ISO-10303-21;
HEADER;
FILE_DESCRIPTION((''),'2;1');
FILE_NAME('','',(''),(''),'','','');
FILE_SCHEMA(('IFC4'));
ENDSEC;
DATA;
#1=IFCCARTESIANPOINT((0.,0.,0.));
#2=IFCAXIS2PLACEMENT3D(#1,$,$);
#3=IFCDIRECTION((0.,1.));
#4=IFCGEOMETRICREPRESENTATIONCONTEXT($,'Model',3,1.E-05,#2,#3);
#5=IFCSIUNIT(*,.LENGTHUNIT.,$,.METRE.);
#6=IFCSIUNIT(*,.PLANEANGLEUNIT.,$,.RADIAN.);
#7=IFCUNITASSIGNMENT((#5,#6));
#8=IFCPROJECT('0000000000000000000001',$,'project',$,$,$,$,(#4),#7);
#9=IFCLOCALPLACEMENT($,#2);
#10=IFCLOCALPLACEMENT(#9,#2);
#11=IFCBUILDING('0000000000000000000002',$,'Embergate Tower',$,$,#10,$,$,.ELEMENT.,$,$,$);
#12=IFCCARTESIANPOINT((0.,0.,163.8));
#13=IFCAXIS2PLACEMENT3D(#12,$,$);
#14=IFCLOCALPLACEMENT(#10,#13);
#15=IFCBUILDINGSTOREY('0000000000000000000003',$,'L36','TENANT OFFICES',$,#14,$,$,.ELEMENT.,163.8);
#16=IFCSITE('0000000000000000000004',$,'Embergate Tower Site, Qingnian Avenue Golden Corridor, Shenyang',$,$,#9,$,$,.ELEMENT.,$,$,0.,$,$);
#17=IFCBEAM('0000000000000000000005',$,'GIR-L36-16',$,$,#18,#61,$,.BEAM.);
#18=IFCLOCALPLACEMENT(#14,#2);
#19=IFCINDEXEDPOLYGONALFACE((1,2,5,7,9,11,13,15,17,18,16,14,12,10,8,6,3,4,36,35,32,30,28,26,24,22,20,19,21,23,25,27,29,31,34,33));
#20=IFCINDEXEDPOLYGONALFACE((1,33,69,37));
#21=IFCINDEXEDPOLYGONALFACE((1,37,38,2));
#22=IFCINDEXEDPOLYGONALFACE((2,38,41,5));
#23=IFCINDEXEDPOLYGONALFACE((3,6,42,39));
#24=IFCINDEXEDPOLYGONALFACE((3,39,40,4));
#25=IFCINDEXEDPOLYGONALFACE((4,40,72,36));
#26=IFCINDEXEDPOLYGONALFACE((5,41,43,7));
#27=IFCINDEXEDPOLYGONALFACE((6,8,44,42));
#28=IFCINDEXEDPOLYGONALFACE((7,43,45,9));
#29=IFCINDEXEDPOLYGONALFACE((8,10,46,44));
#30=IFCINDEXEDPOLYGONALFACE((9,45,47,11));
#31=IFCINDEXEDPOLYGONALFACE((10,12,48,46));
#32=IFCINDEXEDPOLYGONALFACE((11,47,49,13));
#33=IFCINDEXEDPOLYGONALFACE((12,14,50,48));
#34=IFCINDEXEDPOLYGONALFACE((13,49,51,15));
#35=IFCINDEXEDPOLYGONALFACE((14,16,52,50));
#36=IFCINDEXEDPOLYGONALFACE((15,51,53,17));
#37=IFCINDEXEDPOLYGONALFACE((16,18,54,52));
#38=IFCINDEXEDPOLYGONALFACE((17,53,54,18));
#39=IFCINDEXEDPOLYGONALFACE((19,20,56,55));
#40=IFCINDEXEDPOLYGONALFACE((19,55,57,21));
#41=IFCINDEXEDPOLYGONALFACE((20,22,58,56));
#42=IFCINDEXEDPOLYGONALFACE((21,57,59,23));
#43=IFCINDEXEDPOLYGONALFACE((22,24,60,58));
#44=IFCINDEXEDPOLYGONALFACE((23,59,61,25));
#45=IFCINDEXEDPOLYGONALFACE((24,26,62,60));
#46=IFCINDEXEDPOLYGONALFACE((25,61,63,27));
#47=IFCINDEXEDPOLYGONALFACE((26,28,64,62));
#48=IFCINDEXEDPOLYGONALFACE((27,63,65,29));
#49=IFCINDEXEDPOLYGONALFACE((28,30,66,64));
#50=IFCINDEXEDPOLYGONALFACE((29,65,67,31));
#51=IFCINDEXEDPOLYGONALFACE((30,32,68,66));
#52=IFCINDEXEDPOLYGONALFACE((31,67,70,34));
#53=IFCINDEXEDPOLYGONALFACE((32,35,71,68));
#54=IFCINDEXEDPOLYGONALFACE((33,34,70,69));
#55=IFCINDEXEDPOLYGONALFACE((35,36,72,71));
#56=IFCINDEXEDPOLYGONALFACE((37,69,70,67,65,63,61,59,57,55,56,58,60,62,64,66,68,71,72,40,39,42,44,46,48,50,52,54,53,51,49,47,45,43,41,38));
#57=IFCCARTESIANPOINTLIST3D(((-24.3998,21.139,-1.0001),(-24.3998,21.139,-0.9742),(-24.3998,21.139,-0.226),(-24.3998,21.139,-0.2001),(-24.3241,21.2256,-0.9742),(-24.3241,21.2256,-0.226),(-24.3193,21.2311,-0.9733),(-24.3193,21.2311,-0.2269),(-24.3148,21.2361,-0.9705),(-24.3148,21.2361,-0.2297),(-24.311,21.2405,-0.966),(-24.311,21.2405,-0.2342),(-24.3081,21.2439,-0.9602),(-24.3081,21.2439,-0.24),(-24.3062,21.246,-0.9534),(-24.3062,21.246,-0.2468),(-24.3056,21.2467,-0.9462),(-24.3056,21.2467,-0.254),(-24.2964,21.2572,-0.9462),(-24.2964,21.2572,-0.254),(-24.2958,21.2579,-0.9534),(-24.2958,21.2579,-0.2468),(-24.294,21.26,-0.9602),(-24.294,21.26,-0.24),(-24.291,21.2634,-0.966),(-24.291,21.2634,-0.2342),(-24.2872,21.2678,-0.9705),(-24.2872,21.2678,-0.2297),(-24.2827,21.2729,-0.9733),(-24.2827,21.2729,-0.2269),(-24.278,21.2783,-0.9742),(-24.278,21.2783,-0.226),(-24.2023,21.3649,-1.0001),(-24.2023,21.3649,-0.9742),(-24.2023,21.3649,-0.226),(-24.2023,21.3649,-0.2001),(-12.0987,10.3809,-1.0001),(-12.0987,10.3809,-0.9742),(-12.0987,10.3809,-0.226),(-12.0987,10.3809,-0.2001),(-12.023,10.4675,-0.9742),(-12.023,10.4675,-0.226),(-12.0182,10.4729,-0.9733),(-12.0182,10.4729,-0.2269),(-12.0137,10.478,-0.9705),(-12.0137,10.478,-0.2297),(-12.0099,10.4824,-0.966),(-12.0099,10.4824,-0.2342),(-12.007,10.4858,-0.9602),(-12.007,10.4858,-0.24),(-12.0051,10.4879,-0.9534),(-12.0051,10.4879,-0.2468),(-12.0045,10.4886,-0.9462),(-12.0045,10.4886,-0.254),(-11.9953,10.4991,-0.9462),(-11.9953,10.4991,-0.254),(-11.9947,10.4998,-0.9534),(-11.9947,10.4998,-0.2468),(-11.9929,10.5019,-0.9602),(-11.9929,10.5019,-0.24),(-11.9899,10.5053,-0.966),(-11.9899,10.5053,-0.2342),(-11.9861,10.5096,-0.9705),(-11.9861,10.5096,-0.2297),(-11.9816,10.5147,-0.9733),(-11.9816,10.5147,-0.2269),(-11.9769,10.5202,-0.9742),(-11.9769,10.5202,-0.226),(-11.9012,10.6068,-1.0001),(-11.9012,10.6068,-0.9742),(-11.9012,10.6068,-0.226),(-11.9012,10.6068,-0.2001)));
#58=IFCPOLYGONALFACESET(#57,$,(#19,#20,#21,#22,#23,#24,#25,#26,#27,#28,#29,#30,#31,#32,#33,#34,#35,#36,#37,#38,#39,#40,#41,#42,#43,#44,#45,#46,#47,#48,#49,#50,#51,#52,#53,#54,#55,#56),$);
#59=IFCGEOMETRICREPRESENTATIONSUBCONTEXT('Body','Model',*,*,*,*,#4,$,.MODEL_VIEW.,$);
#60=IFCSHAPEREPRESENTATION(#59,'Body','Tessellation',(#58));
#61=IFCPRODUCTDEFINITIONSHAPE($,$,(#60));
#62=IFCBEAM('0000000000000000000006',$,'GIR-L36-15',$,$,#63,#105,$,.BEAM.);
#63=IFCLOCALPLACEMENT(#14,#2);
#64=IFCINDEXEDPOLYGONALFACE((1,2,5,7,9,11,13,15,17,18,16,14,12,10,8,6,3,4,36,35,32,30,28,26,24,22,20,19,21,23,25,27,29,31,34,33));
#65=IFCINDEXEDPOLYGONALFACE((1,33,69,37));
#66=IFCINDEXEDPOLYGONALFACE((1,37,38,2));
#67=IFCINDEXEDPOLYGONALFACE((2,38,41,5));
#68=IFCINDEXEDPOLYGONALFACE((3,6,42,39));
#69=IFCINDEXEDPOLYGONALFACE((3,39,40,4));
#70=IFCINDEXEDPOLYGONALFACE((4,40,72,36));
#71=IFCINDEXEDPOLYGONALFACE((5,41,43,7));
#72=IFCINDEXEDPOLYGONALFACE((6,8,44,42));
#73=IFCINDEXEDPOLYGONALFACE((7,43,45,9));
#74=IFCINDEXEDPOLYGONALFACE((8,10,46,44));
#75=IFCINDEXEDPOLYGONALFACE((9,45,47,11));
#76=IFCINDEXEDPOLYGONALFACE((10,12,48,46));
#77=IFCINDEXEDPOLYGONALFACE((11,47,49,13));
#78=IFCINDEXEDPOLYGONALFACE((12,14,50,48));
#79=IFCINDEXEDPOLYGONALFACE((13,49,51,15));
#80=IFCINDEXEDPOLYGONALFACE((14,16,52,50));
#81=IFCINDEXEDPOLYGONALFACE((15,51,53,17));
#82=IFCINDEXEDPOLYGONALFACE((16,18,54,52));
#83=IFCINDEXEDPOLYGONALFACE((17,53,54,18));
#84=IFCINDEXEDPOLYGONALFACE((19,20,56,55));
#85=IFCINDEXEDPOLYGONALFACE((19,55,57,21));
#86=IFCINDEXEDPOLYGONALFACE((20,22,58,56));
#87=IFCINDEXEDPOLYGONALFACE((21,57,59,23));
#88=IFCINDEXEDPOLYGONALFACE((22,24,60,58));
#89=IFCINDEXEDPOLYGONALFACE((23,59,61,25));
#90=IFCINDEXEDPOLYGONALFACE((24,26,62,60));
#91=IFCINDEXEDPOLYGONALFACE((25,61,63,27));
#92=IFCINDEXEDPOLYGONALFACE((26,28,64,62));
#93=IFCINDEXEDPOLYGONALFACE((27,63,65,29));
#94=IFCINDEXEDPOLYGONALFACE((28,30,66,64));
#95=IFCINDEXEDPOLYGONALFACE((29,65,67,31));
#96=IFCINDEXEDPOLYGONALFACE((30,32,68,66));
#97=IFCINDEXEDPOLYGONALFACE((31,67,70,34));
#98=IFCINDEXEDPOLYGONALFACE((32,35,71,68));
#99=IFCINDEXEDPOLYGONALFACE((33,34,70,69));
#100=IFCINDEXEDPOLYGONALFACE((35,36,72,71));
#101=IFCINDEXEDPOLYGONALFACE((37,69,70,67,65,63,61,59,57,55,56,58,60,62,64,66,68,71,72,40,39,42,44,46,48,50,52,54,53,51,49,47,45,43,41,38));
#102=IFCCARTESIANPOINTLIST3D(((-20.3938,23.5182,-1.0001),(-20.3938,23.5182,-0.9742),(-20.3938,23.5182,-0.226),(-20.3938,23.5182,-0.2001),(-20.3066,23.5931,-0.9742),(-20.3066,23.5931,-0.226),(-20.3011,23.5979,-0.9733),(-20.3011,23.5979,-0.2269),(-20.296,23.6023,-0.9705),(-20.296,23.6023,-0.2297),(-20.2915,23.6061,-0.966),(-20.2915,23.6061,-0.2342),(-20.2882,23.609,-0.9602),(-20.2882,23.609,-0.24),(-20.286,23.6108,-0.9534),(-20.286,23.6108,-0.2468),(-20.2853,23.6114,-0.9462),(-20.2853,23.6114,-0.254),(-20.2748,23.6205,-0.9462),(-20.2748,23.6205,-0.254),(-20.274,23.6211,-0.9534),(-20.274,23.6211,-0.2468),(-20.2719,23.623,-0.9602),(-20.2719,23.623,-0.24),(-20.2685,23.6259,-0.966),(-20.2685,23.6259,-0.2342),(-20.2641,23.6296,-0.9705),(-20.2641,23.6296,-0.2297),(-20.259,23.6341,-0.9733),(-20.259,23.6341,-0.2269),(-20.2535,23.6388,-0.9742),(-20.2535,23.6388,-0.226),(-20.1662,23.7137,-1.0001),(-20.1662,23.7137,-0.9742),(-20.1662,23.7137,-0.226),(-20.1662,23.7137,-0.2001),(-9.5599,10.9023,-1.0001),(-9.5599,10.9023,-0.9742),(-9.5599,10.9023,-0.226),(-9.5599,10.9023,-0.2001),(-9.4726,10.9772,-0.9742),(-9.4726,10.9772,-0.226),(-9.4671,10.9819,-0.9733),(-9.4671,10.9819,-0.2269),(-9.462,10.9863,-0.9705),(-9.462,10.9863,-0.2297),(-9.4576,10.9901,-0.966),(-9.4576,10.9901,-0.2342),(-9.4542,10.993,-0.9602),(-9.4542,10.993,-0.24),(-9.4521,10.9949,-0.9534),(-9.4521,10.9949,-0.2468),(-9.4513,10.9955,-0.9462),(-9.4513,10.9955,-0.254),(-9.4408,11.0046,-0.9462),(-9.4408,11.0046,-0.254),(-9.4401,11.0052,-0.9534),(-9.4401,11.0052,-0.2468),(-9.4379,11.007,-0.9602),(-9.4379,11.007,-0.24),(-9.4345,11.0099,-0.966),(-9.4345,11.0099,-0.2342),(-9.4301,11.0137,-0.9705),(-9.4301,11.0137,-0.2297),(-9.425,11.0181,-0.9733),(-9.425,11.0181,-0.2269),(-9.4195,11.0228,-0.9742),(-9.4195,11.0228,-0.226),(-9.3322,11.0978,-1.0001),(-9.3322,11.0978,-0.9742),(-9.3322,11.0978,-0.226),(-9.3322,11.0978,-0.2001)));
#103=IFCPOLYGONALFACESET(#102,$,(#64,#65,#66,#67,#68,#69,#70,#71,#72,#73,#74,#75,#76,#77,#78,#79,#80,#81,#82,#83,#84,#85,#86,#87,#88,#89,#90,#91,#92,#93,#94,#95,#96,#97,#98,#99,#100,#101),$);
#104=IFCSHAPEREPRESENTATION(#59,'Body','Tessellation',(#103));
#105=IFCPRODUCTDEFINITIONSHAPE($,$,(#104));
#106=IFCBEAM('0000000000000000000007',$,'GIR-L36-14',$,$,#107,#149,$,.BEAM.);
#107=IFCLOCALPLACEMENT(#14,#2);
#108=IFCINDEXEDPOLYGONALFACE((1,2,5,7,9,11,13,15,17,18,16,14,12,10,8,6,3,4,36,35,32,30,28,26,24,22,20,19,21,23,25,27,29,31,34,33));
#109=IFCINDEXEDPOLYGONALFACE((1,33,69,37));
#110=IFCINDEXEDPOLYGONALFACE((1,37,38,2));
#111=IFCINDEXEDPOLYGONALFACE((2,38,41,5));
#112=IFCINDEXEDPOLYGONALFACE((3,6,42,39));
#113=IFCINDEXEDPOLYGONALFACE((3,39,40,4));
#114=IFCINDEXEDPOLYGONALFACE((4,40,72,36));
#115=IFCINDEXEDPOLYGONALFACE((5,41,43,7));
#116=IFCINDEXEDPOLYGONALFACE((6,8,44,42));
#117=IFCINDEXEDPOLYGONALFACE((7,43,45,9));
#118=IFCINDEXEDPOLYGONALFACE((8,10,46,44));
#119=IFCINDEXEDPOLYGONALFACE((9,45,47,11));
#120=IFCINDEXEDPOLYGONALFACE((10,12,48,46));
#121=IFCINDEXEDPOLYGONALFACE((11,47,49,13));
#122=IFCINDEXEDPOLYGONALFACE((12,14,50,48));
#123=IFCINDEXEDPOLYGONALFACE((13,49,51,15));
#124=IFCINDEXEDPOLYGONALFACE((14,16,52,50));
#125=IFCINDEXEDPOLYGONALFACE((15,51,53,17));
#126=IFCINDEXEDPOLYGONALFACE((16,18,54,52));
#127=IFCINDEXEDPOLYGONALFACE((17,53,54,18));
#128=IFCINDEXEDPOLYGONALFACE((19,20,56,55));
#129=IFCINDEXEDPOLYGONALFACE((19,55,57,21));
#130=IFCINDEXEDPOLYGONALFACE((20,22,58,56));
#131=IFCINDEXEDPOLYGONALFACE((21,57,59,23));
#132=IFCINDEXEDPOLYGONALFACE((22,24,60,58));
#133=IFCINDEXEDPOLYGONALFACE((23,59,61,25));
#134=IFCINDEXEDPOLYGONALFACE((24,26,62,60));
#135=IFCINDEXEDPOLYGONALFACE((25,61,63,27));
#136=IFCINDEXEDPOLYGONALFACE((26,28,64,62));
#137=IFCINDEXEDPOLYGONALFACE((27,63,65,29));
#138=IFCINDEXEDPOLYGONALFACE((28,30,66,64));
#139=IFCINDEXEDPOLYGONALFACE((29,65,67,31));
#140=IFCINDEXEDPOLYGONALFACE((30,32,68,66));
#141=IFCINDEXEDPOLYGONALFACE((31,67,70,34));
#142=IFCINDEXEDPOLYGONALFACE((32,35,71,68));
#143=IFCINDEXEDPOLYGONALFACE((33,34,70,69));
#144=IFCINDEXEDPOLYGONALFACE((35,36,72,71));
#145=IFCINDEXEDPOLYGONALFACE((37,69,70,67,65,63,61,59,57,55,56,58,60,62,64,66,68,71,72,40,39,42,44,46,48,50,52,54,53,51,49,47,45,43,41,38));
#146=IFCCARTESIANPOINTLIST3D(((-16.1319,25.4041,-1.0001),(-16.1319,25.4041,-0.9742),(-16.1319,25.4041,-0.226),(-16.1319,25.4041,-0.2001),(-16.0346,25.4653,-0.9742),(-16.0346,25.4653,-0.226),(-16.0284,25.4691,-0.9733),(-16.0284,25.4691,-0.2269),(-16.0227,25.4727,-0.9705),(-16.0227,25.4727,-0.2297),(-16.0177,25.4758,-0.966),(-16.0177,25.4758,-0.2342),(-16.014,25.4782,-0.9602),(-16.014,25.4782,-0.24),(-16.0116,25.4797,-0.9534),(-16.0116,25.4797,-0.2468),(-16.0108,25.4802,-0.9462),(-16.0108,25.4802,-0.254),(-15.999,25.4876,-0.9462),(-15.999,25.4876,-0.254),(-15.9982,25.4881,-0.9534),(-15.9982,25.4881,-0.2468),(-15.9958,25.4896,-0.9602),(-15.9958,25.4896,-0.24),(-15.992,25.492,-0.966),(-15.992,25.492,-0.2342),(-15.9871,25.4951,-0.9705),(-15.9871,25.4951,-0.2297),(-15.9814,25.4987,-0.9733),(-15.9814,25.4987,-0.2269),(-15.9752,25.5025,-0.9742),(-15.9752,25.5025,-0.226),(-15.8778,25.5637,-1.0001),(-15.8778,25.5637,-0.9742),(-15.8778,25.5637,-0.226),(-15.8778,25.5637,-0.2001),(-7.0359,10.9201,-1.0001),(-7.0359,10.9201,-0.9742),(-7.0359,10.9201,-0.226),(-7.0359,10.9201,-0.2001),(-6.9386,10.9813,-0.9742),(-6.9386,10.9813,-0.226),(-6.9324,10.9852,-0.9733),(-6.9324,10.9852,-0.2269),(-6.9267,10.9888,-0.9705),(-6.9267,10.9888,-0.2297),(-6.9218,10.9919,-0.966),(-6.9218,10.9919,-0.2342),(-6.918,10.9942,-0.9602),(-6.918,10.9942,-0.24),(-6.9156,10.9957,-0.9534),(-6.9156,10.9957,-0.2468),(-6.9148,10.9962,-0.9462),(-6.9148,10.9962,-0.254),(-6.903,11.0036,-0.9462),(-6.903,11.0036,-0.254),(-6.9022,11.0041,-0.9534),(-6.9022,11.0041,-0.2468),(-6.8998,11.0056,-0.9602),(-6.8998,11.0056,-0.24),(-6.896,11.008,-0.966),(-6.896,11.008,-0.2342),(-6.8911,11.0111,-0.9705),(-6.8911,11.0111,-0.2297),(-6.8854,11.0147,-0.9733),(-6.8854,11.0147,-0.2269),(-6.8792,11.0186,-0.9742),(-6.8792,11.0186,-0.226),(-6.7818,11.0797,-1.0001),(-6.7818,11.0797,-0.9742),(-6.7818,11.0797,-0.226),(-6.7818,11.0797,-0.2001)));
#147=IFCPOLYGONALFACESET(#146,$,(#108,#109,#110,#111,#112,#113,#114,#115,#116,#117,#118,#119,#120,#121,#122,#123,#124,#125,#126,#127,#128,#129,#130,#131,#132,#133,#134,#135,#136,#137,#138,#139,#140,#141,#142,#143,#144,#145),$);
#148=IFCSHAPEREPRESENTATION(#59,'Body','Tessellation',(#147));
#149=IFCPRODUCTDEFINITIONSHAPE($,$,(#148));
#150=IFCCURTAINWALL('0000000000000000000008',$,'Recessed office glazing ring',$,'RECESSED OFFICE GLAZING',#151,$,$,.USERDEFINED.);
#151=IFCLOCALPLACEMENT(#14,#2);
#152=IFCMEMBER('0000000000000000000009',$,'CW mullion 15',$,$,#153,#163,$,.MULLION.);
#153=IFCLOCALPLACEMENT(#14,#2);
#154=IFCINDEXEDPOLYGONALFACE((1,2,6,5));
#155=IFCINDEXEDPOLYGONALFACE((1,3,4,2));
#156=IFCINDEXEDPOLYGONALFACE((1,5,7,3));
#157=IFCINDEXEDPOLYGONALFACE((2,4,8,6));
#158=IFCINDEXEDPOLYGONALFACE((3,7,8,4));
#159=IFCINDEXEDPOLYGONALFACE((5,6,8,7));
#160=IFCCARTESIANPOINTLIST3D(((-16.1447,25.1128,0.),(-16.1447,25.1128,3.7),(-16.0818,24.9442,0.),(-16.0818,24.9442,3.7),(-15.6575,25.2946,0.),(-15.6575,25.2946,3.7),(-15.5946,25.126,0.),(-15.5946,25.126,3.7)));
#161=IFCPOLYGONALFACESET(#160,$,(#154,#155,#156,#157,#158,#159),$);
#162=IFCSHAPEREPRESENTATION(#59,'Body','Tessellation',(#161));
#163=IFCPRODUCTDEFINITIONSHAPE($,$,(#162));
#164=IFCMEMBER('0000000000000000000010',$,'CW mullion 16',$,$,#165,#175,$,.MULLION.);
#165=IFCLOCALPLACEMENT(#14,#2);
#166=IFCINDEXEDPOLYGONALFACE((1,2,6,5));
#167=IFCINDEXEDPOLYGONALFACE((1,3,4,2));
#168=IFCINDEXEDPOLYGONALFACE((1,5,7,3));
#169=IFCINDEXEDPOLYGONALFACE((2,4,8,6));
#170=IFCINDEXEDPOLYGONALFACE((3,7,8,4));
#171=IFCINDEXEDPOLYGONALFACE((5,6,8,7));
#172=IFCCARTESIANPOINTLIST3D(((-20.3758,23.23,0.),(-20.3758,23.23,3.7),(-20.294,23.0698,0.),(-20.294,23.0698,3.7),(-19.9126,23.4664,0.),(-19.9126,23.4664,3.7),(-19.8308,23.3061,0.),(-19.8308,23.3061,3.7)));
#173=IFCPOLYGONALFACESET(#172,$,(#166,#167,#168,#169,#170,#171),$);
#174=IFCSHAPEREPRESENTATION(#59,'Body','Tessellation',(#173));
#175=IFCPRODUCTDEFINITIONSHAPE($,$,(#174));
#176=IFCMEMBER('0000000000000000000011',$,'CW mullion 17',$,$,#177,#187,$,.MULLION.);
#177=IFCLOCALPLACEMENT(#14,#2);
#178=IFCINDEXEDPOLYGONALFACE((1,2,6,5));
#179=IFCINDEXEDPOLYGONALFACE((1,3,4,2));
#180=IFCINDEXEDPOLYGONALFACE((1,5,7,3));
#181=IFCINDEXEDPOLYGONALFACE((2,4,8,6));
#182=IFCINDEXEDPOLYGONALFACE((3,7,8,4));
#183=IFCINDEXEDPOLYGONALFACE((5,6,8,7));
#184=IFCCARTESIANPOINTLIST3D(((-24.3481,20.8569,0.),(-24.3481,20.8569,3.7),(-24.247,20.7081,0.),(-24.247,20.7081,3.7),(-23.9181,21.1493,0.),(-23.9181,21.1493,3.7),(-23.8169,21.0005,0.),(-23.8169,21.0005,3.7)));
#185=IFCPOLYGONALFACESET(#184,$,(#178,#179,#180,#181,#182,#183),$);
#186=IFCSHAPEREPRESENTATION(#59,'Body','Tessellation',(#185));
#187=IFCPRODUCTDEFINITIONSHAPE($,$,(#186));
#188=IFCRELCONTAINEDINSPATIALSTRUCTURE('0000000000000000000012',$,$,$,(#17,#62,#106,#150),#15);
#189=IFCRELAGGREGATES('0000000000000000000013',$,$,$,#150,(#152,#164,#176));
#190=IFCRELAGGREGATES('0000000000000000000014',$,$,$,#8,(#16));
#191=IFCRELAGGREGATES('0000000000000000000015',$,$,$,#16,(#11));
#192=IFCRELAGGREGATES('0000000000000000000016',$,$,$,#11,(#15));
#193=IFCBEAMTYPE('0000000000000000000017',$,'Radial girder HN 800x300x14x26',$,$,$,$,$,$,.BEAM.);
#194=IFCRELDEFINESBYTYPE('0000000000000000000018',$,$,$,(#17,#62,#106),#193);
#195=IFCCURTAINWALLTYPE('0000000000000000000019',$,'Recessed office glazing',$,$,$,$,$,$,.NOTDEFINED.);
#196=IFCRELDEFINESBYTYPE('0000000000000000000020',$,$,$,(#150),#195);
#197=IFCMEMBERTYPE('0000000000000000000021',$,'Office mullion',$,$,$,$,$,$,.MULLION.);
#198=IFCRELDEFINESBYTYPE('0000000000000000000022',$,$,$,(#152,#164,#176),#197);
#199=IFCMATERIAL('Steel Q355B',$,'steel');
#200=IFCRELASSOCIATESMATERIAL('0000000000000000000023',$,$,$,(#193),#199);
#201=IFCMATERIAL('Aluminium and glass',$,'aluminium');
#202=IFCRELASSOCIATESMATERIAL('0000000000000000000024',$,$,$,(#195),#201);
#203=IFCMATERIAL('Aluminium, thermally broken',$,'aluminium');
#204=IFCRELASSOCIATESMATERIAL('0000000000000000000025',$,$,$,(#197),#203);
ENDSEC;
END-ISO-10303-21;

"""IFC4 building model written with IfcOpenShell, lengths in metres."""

from ifc_helpers import new_model, si_unit, direction, frame, origin, origin_2d, place, context, subcontext, project, spatial, rectangle, i_section, extrude, source, transform, mapped, material, material_profile, profile_set, type_object, element, aggregate, save


model = new_model("IFC4")

# Units and contexts
model_context = context("Model", 3, precision=1e-05, world=origin(), true_north=direction((0.0, 1.0)))
body_context = subcontext(model_context, "Body", "Model", "MODEL_VIEW")
ifc_project = project(units=[si_unit("LENGTHUNIT", "METRE"), si_unit("PLANEANGLEUNIT", "RADIAN")], contexts=[model_context])

# Site, building, storey
site_placement = place(None, origin())
site = spatial("IfcSite", under=ifc_project, at=site_placement, Name="Embergate Tower Site, Qingnian Avenue Golden Corridor, Shenyang", CompositionType="ELEMENT", RefElevation=0.0)
building_placement = place(site_placement, origin())
building = spatial("IfcBuilding", under=site, at=building_placement, Name="Embergate Tower", CompositionType="ELEMENT")
storey_placement = place(building_placement, frame((0.0, 0.0, 163.8)))
storey = spatial("IfcBuildingStorey", under=building, at=storey_placement, Name="L36", Description="TENANT OFFICES", CompositionType="ELEMENT", Elevation=163.8)

# Beams
ifc_material_1 = material(Name="Steel Q355B", Category="steel")
ifc_material_profile_1 = material_profile(ifc_material_1, i_section(OverallWidth=0.3, OverallDepth=0.8, WebThickness=0.0139, FlangeThickness=0.0259, FilletRadius=0.0281, at=origin_2d()), Name="HN 800x300x14x26")
ifc_profile_set_1 = profile_set([ifc_material_profile_1], Name="Steel Q355 grade B")
beam_type_1 = type_object("IfcBeamType", Name="Radial girder HN 800x300x14x26", PredefinedType="BEAM", material=ifc_profile_set_1)
shared_shape_1 = source(origin(), body_context, "Body", "SweptSolid", [
    extrude(i_section(OverallWidth=0.3, OverallDepth=0.8, WebThickness=0.0139, FlangeThickness=0.0259, FilletRadius=0.0281, at=origin_2d()), origin(), (0.0, 0.0, 1.0), 16.3418),
])
beam_1_placement = place(storey_placement, frame((-24.301, 21.252, -0.6001), z_axis=(0.752739, -0.658319, 0.0), x_axis=(0.658319, 0.752739, 0.0)))
element("IfcBeam", 1, at=beam_1_placement, inside=storey, type_object=beam_type_1, Name="GIR-L36-16", PredefinedType="BEAM", context=body_context, shape_type="MappedRepresentation", body=[
    mapped(shared_shape_1, transform((0.0, 0.0, 0.0))),
])
shared_shape_2 = source(origin(), body_context, "Body", "SweptSolid", [
    extrude(i_section(OverallWidth=0.3, OverallDepth=0.8, WebThickness=0.0139, FlangeThickness=0.0259, FilletRadius=0.0281, at=origin_2d()), origin(), (0.0, 0.0, 1.0), 16.6294),
])
beam_2_placement = place(storey_placement, frame((-20.28, 23.616, -0.6001), z_axis=(0.651495, -0.758653, 0.0), x_axis=(0.758653, 0.651495, 0.0)))
element("IfcBeam", 2, at=beam_2_placement, inside=storey, type_object=beam_type_1, Name="GIR-L36-15", PredefinedType="BEAM", context=body_context, shape_type="MappedRepresentation", body=[
    mapped(shared_shape_2, transform((0.0, 0.0, 0.0))),
])
shared_shape_3 = source(origin(), body_context, "Body", "SweptSolid", [
    extrude(i_section(OverallWidth=0.3, OverallDepth=0.8, WebThickness=0.0139, FlangeThickness=0.0259, FilletRadius=0.0281, at=origin_2d()), origin(), (0.0, 0.0, 1.0), 17.1033),
])
beam_3_placement = place(storey_placement, frame((-16.0049, 25.4839, -0.6001), z_axis=(0.531827, -0.846853, 0.0), x_axis=(0.846853, 0.531827, 0.0)))
element("IfcBeam", 3, at=beam_3_placement, inside=storey, type_object=beam_type_1, Name="GIR-L36-14", PredefinedType="BEAM", context=body_context, shape_type="MappedRepresentation", body=[
    mapped(shared_shape_3, transform((0.0, 0.0, 0.0))),
])

# Curtain wall, members
ifc_material_2 = material(Name="Aluminium and glass", Category="aluminium")
curtain_wall_type = type_object("IfcCurtainWallType", Name="Recessed office glazing", PredefinedType="NOTDEFINED", material=ifc_material_2)
curtain_wall_placement = place(storey_placement, origin())
curtain_wall = element("IfcCurtainWall", 4, at=curtain_wall_placement, inside=storey, type_object=curtain_wall_type, Name="Recessed office glazing ring", ObjectType="RECESSED OFFICE GLAZING", PredefinedType="USERDEFINED")
ifc_material_3 = material(Name="Aluminium, thermally broken", Category="aluminium")
ifc_material_profile_2 = material_profile(ifc_material_3, rectangle(XDim=0.1799, YDim=0.52, at=origin_2d()), Name="AL 520x180")
ifc_profile_set_2 = profile_set([ifc_material_profile_2], Name="Aluminium, thermally broken")
member_type_1 = type_object("IfcMemberType", Name="Office mullion", PredefinedType="MULLION", material=ifc_profile_set_2)
shared_shape_4 = source(origin(), body_context, "Body", "SweptSolid", [
    extrude(rectangle(XDim=0.1799, YDim=0.52, at=origin_2d()), origin(), (0.0, 0.0, 1.0), 3.7),
])
member_1_placement = place(storey_placement, frame((-15.8696, 25.1194, 0.0), z_axis=(0.0, 0.0, 1.0), x_axis=(0.349503, -0.936935, 0.0)))
member_1 = element("IfcMember", 5, at=member_1_placement, type_object=member_type_1, Name="CW mullion 15", PredefinedType="MULLION", context=body_context, shape_type="MappedRepresentation", body=[
    mapped(shared_shape_4, transform((0.0, 0.0, 0.0))),
])
member_2_placement = place(storey_placement, frame((-20.1033, 23.2681, 0.0), z_axis=(0.0, 0.0, 1.0), x_axis=(0.45451, -0.890742, 0.0)))
member_2 = element("IfcMember", 6, at=member_2_placement, type_object=member_type_1, Name="CW mullion 16", PredefinedType="MULLION", context=body_context, shape_type="MappedRepresentation", body=[
    mapped(shared_shape_4, transform((0.0, 0.0, 0.0))),
])
member_3_placement = place(storey_placement, frame((-24.0825, 20.9287, 0.0), z_axis=(0.0, 0.0, 1.0), x_axis=(0.562216, -0.82699, 0.0)))
member_3 = element("IfcMember", 7, at=member_3_placement, type_object=member_type_1, Name="CW mullion 17", PredefinedType="MULLION", context=body_context, shape_type="MappedRepresentation", body=[
    mapped(shared_shape_4, transform((0.0, 0.0, 0.0))),
])
aggregate(curtain_wall, [member_1, member_2, member_3])

save(model, "model.ifc")
